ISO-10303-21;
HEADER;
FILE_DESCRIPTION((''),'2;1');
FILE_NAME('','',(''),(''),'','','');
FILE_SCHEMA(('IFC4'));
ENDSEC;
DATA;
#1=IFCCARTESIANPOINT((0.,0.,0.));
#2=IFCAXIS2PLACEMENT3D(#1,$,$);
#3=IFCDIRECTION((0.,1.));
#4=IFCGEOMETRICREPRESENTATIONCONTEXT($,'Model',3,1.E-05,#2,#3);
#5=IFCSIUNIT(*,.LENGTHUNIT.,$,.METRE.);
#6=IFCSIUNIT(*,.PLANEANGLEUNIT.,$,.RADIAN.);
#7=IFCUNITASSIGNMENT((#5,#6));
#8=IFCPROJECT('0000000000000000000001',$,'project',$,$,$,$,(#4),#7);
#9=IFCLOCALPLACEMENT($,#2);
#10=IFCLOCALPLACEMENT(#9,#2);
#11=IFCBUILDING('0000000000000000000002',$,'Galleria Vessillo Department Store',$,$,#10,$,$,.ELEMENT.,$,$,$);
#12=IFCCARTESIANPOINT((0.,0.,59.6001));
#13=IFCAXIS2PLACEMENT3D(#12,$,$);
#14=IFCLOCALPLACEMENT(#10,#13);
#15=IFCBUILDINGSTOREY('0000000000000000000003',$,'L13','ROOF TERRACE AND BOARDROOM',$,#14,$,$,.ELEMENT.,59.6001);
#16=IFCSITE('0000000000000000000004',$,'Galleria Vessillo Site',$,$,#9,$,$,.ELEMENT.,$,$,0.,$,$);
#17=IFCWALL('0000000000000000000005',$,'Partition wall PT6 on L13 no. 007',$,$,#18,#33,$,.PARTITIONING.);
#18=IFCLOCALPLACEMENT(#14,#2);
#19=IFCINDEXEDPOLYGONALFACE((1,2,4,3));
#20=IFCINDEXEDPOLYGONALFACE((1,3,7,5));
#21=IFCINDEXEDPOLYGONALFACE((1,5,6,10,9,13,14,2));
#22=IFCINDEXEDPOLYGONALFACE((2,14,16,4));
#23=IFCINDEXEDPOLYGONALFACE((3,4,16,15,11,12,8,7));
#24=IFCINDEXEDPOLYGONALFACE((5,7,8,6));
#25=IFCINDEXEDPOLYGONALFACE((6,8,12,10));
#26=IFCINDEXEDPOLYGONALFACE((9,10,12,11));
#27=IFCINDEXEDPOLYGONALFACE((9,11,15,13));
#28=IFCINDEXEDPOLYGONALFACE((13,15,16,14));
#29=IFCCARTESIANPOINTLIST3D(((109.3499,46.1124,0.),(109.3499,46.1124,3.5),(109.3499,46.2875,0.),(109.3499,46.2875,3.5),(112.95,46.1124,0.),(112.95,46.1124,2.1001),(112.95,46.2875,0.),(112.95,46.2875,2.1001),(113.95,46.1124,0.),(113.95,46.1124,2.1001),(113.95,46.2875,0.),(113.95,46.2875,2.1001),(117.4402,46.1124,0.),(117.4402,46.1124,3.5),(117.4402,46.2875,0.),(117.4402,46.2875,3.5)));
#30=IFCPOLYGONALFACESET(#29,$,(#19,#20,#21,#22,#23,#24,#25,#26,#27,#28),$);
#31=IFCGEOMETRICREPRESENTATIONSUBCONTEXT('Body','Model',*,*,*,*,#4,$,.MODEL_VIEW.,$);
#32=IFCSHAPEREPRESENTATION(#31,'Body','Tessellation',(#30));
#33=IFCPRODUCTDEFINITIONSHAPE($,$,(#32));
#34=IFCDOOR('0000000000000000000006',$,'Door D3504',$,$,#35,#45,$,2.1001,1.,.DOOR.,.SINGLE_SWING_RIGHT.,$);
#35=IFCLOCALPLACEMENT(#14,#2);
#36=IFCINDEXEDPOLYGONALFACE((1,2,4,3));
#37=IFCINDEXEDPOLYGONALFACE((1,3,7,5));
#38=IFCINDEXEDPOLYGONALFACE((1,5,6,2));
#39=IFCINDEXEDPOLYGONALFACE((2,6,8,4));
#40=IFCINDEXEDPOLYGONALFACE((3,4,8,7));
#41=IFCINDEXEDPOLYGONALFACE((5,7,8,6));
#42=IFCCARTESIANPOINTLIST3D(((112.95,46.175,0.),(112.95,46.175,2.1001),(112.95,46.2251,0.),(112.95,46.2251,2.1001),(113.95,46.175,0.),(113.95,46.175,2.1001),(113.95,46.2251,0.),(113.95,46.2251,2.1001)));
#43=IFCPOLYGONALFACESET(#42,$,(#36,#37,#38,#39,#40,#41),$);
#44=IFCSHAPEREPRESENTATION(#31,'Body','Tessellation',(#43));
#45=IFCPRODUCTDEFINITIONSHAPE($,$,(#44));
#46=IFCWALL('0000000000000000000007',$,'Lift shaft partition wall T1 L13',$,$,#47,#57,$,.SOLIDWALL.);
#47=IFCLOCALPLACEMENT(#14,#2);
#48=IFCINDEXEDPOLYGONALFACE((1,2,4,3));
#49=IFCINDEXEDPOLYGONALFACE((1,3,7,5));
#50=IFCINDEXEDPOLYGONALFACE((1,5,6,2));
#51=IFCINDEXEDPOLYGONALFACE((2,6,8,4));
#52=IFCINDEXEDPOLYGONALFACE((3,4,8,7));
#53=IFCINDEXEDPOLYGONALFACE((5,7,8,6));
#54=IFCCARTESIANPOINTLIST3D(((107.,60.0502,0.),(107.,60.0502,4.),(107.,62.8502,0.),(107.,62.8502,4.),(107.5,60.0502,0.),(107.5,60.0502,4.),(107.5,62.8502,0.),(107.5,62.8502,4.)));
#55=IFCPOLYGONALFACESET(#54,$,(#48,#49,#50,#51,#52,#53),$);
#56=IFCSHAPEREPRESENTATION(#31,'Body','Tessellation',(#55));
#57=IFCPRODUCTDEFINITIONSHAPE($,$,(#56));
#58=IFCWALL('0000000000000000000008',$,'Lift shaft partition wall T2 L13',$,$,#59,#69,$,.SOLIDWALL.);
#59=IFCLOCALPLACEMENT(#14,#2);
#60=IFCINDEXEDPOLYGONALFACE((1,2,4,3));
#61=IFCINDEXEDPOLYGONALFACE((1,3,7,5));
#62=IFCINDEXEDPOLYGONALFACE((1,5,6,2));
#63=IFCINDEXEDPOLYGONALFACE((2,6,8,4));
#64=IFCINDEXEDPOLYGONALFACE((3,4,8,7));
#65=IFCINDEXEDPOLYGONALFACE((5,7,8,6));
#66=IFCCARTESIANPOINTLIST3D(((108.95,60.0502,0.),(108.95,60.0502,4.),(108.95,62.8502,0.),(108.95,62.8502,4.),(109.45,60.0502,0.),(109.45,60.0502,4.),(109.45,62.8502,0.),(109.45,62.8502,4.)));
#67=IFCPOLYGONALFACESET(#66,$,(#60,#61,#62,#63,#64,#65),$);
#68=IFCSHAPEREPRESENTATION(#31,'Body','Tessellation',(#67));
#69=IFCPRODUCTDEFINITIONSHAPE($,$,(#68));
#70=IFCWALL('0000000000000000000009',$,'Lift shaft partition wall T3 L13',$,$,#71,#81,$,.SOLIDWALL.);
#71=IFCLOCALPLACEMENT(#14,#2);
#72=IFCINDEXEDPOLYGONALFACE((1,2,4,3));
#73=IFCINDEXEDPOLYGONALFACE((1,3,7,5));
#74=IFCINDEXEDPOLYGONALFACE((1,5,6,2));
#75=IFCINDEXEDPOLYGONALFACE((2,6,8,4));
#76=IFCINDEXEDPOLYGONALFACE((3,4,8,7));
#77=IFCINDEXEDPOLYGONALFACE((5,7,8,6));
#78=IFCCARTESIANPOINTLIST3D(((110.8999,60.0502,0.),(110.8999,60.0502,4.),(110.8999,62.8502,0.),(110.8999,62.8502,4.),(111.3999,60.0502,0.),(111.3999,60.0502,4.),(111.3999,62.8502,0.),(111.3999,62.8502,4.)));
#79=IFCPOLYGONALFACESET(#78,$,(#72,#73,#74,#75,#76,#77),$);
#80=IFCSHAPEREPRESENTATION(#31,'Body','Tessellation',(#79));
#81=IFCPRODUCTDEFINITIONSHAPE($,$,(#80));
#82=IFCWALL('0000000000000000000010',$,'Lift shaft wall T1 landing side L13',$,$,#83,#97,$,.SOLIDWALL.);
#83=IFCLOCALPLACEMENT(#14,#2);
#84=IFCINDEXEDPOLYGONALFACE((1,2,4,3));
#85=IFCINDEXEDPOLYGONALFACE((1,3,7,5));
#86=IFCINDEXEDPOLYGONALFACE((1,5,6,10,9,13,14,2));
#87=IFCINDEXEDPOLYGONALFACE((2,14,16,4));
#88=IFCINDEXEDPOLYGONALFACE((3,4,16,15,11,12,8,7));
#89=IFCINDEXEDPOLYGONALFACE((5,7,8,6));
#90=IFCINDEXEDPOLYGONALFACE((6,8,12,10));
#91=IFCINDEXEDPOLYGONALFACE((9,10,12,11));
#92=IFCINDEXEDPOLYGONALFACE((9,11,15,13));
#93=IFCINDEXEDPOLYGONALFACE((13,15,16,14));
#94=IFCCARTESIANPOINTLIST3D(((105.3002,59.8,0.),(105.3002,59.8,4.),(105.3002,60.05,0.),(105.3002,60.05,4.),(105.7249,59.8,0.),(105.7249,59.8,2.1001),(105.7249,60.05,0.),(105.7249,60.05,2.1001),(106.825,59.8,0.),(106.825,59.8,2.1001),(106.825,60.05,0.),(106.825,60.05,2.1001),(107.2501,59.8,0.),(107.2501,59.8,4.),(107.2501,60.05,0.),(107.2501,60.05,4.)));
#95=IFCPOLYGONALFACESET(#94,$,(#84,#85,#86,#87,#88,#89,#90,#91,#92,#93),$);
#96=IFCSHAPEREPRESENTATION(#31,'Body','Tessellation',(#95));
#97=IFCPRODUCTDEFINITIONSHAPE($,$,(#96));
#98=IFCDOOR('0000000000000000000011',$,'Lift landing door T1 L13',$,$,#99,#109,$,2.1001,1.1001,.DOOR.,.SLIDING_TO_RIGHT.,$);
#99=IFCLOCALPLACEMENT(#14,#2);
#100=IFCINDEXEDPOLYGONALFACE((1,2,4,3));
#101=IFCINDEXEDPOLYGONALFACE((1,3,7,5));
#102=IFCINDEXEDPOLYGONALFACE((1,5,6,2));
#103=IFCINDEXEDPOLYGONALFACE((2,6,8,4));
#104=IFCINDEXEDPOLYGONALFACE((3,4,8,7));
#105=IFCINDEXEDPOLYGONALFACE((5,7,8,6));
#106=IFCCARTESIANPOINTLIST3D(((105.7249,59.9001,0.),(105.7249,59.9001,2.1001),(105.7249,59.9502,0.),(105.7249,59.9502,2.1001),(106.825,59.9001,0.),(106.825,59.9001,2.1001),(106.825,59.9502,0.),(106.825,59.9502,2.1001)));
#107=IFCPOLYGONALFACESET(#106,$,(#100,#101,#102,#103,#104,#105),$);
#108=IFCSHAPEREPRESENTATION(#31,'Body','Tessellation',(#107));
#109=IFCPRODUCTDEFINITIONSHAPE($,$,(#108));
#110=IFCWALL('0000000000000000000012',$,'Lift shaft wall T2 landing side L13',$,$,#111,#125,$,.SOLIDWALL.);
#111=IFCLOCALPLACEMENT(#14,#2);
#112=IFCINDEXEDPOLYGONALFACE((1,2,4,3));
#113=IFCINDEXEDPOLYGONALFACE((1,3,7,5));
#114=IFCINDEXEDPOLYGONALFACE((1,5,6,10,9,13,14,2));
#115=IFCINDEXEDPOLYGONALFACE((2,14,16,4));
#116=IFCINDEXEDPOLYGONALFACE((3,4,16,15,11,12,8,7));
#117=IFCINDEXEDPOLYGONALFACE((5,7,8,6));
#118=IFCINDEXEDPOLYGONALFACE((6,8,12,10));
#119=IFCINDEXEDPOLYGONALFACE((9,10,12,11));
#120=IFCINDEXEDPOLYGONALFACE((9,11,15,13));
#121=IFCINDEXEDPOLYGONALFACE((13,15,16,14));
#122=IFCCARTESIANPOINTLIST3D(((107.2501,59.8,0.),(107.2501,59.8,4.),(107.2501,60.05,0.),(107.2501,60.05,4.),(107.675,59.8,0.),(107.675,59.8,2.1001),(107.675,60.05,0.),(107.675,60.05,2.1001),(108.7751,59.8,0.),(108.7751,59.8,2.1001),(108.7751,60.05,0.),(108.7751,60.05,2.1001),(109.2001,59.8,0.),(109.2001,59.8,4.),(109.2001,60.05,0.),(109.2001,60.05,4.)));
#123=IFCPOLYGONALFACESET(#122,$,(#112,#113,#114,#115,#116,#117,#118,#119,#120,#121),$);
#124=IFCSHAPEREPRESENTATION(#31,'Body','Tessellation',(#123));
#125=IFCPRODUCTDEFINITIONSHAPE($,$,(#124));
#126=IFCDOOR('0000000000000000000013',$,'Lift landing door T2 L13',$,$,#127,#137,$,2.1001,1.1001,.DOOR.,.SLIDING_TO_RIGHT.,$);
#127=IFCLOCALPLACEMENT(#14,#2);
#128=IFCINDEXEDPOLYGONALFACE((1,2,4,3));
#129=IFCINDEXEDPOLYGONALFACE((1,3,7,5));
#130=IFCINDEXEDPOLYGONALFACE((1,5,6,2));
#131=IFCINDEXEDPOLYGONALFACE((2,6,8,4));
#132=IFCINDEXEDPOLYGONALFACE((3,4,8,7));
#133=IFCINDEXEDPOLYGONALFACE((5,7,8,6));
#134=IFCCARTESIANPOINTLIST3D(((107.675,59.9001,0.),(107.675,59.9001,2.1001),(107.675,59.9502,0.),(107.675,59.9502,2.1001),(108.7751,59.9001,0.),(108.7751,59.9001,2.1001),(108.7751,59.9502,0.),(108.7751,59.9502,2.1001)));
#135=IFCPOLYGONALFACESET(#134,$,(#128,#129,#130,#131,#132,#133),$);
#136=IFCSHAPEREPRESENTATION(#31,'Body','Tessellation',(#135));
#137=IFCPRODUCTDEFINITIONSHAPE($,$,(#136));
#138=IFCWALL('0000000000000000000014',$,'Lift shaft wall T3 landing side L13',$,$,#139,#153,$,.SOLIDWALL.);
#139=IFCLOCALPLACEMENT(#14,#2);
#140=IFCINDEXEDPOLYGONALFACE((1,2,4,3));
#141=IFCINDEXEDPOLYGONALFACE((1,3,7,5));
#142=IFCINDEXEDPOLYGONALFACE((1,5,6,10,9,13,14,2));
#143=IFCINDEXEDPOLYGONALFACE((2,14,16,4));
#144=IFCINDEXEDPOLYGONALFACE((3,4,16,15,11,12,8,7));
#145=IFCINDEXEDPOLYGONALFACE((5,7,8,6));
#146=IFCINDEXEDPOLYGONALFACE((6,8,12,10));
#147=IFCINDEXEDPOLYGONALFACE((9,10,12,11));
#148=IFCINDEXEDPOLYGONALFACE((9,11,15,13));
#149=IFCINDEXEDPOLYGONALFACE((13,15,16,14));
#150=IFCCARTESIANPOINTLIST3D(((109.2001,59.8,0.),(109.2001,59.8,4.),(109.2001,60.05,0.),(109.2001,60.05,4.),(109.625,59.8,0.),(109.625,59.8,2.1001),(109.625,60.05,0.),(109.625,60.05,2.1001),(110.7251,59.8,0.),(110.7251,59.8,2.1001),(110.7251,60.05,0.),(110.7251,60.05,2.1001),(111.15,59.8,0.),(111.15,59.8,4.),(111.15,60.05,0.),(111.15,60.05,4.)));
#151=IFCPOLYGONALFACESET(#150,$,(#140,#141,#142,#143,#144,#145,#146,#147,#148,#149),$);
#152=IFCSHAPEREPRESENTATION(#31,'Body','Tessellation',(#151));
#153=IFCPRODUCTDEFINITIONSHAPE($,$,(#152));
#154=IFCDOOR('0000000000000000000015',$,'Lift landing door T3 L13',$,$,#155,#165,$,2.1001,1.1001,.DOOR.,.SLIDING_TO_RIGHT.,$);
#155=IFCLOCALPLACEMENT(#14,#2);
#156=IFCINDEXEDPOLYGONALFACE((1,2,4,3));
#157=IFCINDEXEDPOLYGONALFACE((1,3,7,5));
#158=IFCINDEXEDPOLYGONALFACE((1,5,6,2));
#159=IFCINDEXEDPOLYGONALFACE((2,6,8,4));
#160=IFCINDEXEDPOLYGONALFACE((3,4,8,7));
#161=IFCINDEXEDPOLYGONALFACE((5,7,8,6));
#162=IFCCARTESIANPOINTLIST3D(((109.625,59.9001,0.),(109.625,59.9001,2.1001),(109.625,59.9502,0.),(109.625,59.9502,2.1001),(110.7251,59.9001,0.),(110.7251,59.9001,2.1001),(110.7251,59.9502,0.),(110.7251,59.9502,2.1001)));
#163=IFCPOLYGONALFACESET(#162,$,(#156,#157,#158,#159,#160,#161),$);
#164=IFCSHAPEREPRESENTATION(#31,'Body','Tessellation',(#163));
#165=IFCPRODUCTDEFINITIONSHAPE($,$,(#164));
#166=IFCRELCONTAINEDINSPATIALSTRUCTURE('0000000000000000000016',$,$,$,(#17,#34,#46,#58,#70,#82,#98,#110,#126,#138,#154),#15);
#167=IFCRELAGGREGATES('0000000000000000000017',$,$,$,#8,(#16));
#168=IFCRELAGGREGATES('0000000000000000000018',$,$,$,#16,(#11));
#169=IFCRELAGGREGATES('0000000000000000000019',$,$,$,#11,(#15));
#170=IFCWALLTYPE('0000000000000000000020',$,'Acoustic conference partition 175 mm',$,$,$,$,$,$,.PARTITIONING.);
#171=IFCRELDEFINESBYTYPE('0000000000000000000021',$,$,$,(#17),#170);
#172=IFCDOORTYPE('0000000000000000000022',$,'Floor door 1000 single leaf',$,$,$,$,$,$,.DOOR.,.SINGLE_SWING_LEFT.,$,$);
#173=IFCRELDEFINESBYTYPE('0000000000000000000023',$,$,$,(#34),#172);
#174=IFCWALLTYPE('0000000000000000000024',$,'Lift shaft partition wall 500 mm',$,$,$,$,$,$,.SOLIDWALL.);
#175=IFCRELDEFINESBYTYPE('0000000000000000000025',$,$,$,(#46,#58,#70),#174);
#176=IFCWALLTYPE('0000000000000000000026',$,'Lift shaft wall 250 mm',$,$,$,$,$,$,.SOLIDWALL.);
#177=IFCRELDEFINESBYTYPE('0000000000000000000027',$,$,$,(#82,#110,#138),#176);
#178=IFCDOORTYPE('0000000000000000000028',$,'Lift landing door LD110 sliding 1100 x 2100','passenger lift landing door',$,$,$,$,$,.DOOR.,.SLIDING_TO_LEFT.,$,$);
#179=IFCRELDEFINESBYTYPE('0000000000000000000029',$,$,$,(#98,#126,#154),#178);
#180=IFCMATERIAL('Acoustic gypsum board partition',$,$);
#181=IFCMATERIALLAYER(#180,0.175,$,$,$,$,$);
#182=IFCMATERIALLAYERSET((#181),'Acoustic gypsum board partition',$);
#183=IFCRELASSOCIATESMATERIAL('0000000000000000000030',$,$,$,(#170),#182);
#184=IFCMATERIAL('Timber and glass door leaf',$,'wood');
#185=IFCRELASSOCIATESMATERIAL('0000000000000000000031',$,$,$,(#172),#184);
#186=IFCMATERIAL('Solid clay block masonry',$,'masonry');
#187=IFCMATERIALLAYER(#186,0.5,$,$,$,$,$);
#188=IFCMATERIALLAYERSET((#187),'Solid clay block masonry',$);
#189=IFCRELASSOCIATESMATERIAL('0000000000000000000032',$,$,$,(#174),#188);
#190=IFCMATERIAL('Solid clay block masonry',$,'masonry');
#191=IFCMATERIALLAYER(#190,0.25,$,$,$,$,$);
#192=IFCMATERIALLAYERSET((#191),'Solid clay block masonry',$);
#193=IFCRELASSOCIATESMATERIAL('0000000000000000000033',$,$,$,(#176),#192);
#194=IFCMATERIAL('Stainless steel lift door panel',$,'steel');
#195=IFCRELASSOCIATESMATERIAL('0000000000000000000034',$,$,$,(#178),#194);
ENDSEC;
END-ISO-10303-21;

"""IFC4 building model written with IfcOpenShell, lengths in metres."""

from ifc_helpers import new_model, si_unit, direction, frame, frame_2d, origin, place, context, subcontext, project, spatial, rectangle, extrude, material, layer, layer_set, type_object, element, fill, save


model = new_model("IFC4")

# Units and contexts
model_context = context("Model", 3, precision=1e-05, world=origin(), true_north=direction((0.0, 1.0)))
body_context = subcontext(model_context, "Body", "Model", "MODEL_VIEW")
ifc_project = project(units=[si_unit("LENGTHUNIT", "METRE"), si_unit("PLANEANGLEUNIT", "RADIAN")], contexts=[model_context])

# Site, building, storey
site_placement = place(None, origin())
site = spatial("IfcSite", under=ifc_project, at=site_placement, Name="Galleria Vessillo Site", CompositionType="ELEMENT", RefElevation=0.0)
building_placement = place(site_placement, origin())
building = spatial("IfcBuilding", under=site, at=building_placement, Name="Galleria Vessillo Department Store", CompositionType="ELEMENT")
storey_placement = place(building_placement, frame((0.0, 0.0, 59.6001)))
storey = spatial("IfcBuildingStorey", under=building, at=storey_placement, Name="L13", Description="ROOF TERRACE AND BOARDROOM", CompositionType="ELEMENT", Elevation=59.6001)

# Wall, opening, door
ifc_material_1 = material(Name="Acoustic gypsum board partition")
ifc_layer_1 = layer(ifc_material_1, 0.175)
ifc_layer_set_1 = layer_set([ifc_layer_1], Name="Acoustic gypsum board partition")
wall_type_1 = type_object("IfcWallType", Name="Acoustic conference partition 175 mm", PredefinedType="PARTITIONING", material=ifc_layer_set_1)
wall_1_placement = place(storey_placement, frame((109.3499, 46.2, 0.0), z_axis=(0.0, 0.0, 1.0), x_axis=(1.0, 0.0, 0.0)))
wall_1 = element("IfcWall", 1, at=wall_1_placement, inside=storey, type_object=wall_type_1, Name="Partition wall PT6 on L13 no. 007", PredefinedType="PARTITIONING", context=body_context, shape_type="SweptSolid", body=[
    extrude(rectangle(XDim=8.0903, YDim=0.175, at=frame_2d((4.0452, 0.0))), origin(), (0.0, 0.0, 1.0), 3.5),
])
opening_1_placement = place(wall_1_placement, frame((3.6001, 0.0, 0.0)))
opening_1 = element("IfcOpeningElement", 2, at=opening_1_placement, cuts=wall_1, PredefinedType="OPENING", context=body_context, shape_type="SweptSolid", body=[
    extrude(rectangle(XDim=1.0, YDim=2.1001, at=frame_2d((0.5, 1.05))), frame((0.0, 0.0977, 0.0), z_axis=(0.0, -1.0, 0.0), x_axis=(1.0, 0.0, 0.0)), (0.0, 0.0, 1.0), 0.1951),
])
ifc_material_2 = material(Name="Timber and glass door leaf", Category="wood")
door_type_1 = type_object("IfcDoorType", Name="Floor door 1000 single leaf", OperationType="SINGLE_SWING_LEFT", PredefinedType="DOOR", material=ifc_material_2)
door_1_placement = place(opening_1_placement, frame((1.0, 0.0, 0.0), z_axis=(0.0, 0.0, 1.0), x_axis=(-1.0, 0.0, 0.0)))
door_1 = element("IfcDoor", 3, at=door_1_placement, inside=storey, type_object=door_type_1, Name="Door D3504", OperationType="SINGLE_SWING_RIGHT", OverallHeight=2.1001, OverallWidth=1.0, PredefinedType="DOOR", context=body_context, shape_type="SweptSolid", body=[
    extrude(rectangle(XDim=1.0, YDim=2.1001, at=frame_2d((0.5, 1.05))), frame((0.0, 0.0249, 0.0), z_axis=(0.0, -1.0, 0.0), x_axis=(1.0, 0.0, 0.0)), (0.0, 0.0, 1.0), 0.05),
])
fill(opening_1, door_1)

# Walls
ifc_material_3 = material(Name="Solid clay block masonry", Category="masonry")
ifc_layer_2 = layer(ifc_material_3, 0.5)
ifc_layer_set_2 = layer_set([ifc_layer_2], Name="Solid clay block masonry")
wall_type_2 = type_object("IfcWallType", Name="Lift shaft partition wall 500 mm", PredefinedType="SOLIDWALL", material=ifc_layer_set_2)
for number, where, z_axis, x_axis, name in (
    (4, (107.25, 62.8501, 0.0), (0.0, 0.0, 1.0), (0.0, -1.0, 0.0), "Lift shaft partition wall T1 L13"),
    (5, (109.2, 62.8501, 0.0), (0.0, 0.0, 1.0), (0.0, -1.0, 0.0), "Lift shaft partition wall T2 L13"),
    (6, (111.1499, 62.8501, 0.0), (0.0, 0.0, 1.0), (0.0, -1.0, 0.0), "Lift shaft partition wall T3 L13"),
):
    element("IfcWall", number, at=place(storey_placement, frame(where, z_axis=z_axis, x_axis=x_axis)), inside=storey, type_object=wall_type_2, Name=name, PredefinedType="SOLIDWALL", context=body_context, shape_type="SweptSolid", body=[
        extrude(rectangle(XDim=2.8, YDim=0.5, at=frame_2d((1.3999, 0.0))), origin(), (0.0, 0.0, 1.0), 4.0),
    ])

# Walls, openings, doors
ifc_material_4 = material(Name="Solid clay block masonry", Category="masonry")
ifc_layer_3 = layer(ifc_material_4, 0.25)
ifc_layer_set_3 = layer_set([ifc_layer_3], Name="Solid clay block masonry")
wall_type_3 = type_object("IfcWallType", Name="Lift shaft wall 250 mm", PredefinedType="SOLIDWALL", material=ifc_layer_set_3)
wall_2_placement = place(storey_placement, frame((105.3, 59.925, 0.0), z_axis=(0.0, 0.0, 1.0), x_axis=(1.0, 0.0, 0.0)))
wall_2 = element("IfcWall", 7, at=wall_2_placement, inside=storey, type_object=wall_type_3, Name="Lift shaft wall T1 landing side L13", PredefinedType="SOLIDWALL", context=body_context, shape_type="SweptSolid", body=[
    extrude(rectangle(XDim=1.95, YDim=0.25, at=frame_2d((0.9751, 0.0))), origin(), (0.0, 0.0, 1.0), 4.0),
])
opening_2_placement = place(wall_2_placement, frame((0.4248, 0.0, 0.0)))
opening_2 = element("IfcOpeningElement", 8, at=opening_2_placement, cuts=wall_2, PredefinedType="OPENING", context=body_context, shape_type="SweptSolid", body=[
    extrude(rectangle(XDim=1.1001, YDim=2.1001, at=frame_2d((0.55, 1.05))), frame((0.0, 0.135, 0.0), z_axis=(0.0, -1.0, 0.0), x_axis=(1.0, 0.0, 0.0)), (0.0, 0.0, 1.0), 0.27),
])
ifc_material_5 = material(Name="Stainless steel lift door panel", Category="steel")
door_type_2 = type_object("IfcDoorType", Name="Lift landing door LD110 sliding 1100 x 2100", Description="passenger lift landing door", OperationType="SLIDING_TO_LEFT", PredefinedType="DOOR", material=ifc_material_5)
door_2_placement = place(opening_2_placement, frame((1.1001, 0.0, 0.0), z_axis=(0.0, 0.0, 1.0), x_axis=(-1.0, 0.0, 0.0)))
door_2 = element("IfcDoor", 9, at=door_2_placement, inside=storey, type_object=door_type_2, Name="Lift landing door T1 L13", OperationType="SLIDING_TO_RIGHT", OverallHeight=2.1001, OverallWidth=1.1001, PredefinedType="DOOR", context=body_context, shape_type="SweptSolid", body=[
    extrude(rectangle(XDim=1.1001, YDim=2.1001, at=frame_2d((0.55, 1.05))), frame((0.0, 0.0249, 0.0), z_axis=(0.0, -1.0, 0.0), x_axis=(1.0, 0.0, 0.0)), (0.0, 0.0, 1.0), 0.05),
])
fill(opening_2, door_2)
wall_3_placement = place(storey_placement, frame((107.25, 59.925, 0.0), z_axis=(0.0, 0.0, 1.0), x_axis=(1.0, 0.0, 0.0)))
wall_3 = element("IfcWall", 10, at=wall_3_placement, inside=storey, type_object=wall_type_3, Name="Lift shaft wall T2 landing side L13", PredefinedType="SOLIDWALL", context=body_context, shape_type="SweptSolid", body=[
    extrude(rectangle(XDim=1.95, YDim=0.25, at=frame_2d((0.9751, 0.0))), origin(), (0.0, 0.0, 1.0), 4.0),
])
opening_3_placement = place(wall_3_placement, frame((0.425, 0.0, 0.0)))
opening_3 = element("IfcOpeningElement", 11, at=opening_3_placement, cuts=wall_3, PredefinedType="OPENING", context=body_context, shape_type="SweptSolid", body=[
    extrude(rectangle(XDim=1.1001, YDim=2.1001, at=frame_2d((0.55, 1.05))), frame((0.0, 0.135, 0.0), z_axis=(0.0, -1.0, 0.0), x_axis=(1.0, 0.0, 0.0)), (0.0, 0.0, 1.0), 0.27),
])
door_3_placement = place(opening_3_placement, frame((1.1001, 0.0, 0.0), z_axis=(0.0, 0.0, 1.0), x_axis=(-1.0, 0.0, 0.0)))
door_3 = element("IfcDoor", 12, at=door_3_placement, inside=storey, type_object=door_type_2, Name="Lift landing door T2 L13", OperationType="SLIDING_TO_RIGHT", OverallHeight=2.1001, OverallWidth=1.1001, PredefinedType="DOOR", context=body_context, shape_type="SweptSolid", body=[
    extrude(rectangle(XDim=1.1001, YDim=2.1001, at=frame_2d((0.55, 1.05))), frame((0.0, 0.0249, 0.0), z_axis=(0.0, -1.0, 0.0), x_axis=(1.0, 0.0, 0.0)), (0.0, 0.0, 1.0), 0.05),
])
fill(opening_3, door_3)
wall_4_placement = place(storey_placement, frame((109.2, 59.925, 0.0), z_axis=(0.0, 0.0, 1.0), x_axis=(1.0, 0.0, 0.0)))
wall_4 = element("IfcWall", 13, at=wall_4_placement, inside=storey, type_object=wall_type_3, Name="Lift shaft wall T3 landing side L13", PredefinedType="SOLIDWALL", context=body_context, shape_type="SweptSolid", body=[
    extrude(rectangle(XDim=1.95, YDim=0.25, at=frame_2d((0.9751, 0.0))), origin(), (0.0, 0.0, 1.0), 4.0),
])
opening_4_placement = place(wall_4_placement, frame((0.425, 0.0, 0.0)))
opening_4 = element("IfcOpeningElement", 14, at=opening_4_placement, cuts=wall_4, PredefinedType="OPENING", context=body_context, shape_type="SweptSolid", body=[
    extrude(rectangle(XDim=1.1001, YDim=2.1001, at=frame_2d((0.55, 1.05))), frame((0.0, 0.135, 0.0), z_axis=(0.0, -1.0, 0.0), x_axis=(1.0, 0.0, 0.0)), (0.0, 0.0, 1.0), 0.27),
])
door_4_placement = place(opening_4_placement, frame((1.1001, 0.0, 0.0), z_axis=(0.0, 0.0, 1.0), x_axis=(-1.0, 0.0, 0.0)))
door_4 = element("IfcDoor", 15, at=door_4_placement, inside=storey, type_object=door_type_2, Name="Lift landing door T3 L13", OperationType="SLIDING_TO_RIGHT", OverallHeight=2.1001, OverallWidth=1.1001, PredefinedType="DOOR", context=body_context, shape_type="SweptSolid", body=[
    extrude(rectangle(XDim=1.1001, YDim=2.1001, at=frame_2d((0.55, 1.05))), frame((0.0, 0.0249, 0.0), z_axis=(0.0, -1.0, 0.0), x_axis=(1.0, 0.0, 0.0)), (0.0, 0.0, 1.0), 0.05),
])
fill(opening_4, door_4)

save(model, "model.ifc")
